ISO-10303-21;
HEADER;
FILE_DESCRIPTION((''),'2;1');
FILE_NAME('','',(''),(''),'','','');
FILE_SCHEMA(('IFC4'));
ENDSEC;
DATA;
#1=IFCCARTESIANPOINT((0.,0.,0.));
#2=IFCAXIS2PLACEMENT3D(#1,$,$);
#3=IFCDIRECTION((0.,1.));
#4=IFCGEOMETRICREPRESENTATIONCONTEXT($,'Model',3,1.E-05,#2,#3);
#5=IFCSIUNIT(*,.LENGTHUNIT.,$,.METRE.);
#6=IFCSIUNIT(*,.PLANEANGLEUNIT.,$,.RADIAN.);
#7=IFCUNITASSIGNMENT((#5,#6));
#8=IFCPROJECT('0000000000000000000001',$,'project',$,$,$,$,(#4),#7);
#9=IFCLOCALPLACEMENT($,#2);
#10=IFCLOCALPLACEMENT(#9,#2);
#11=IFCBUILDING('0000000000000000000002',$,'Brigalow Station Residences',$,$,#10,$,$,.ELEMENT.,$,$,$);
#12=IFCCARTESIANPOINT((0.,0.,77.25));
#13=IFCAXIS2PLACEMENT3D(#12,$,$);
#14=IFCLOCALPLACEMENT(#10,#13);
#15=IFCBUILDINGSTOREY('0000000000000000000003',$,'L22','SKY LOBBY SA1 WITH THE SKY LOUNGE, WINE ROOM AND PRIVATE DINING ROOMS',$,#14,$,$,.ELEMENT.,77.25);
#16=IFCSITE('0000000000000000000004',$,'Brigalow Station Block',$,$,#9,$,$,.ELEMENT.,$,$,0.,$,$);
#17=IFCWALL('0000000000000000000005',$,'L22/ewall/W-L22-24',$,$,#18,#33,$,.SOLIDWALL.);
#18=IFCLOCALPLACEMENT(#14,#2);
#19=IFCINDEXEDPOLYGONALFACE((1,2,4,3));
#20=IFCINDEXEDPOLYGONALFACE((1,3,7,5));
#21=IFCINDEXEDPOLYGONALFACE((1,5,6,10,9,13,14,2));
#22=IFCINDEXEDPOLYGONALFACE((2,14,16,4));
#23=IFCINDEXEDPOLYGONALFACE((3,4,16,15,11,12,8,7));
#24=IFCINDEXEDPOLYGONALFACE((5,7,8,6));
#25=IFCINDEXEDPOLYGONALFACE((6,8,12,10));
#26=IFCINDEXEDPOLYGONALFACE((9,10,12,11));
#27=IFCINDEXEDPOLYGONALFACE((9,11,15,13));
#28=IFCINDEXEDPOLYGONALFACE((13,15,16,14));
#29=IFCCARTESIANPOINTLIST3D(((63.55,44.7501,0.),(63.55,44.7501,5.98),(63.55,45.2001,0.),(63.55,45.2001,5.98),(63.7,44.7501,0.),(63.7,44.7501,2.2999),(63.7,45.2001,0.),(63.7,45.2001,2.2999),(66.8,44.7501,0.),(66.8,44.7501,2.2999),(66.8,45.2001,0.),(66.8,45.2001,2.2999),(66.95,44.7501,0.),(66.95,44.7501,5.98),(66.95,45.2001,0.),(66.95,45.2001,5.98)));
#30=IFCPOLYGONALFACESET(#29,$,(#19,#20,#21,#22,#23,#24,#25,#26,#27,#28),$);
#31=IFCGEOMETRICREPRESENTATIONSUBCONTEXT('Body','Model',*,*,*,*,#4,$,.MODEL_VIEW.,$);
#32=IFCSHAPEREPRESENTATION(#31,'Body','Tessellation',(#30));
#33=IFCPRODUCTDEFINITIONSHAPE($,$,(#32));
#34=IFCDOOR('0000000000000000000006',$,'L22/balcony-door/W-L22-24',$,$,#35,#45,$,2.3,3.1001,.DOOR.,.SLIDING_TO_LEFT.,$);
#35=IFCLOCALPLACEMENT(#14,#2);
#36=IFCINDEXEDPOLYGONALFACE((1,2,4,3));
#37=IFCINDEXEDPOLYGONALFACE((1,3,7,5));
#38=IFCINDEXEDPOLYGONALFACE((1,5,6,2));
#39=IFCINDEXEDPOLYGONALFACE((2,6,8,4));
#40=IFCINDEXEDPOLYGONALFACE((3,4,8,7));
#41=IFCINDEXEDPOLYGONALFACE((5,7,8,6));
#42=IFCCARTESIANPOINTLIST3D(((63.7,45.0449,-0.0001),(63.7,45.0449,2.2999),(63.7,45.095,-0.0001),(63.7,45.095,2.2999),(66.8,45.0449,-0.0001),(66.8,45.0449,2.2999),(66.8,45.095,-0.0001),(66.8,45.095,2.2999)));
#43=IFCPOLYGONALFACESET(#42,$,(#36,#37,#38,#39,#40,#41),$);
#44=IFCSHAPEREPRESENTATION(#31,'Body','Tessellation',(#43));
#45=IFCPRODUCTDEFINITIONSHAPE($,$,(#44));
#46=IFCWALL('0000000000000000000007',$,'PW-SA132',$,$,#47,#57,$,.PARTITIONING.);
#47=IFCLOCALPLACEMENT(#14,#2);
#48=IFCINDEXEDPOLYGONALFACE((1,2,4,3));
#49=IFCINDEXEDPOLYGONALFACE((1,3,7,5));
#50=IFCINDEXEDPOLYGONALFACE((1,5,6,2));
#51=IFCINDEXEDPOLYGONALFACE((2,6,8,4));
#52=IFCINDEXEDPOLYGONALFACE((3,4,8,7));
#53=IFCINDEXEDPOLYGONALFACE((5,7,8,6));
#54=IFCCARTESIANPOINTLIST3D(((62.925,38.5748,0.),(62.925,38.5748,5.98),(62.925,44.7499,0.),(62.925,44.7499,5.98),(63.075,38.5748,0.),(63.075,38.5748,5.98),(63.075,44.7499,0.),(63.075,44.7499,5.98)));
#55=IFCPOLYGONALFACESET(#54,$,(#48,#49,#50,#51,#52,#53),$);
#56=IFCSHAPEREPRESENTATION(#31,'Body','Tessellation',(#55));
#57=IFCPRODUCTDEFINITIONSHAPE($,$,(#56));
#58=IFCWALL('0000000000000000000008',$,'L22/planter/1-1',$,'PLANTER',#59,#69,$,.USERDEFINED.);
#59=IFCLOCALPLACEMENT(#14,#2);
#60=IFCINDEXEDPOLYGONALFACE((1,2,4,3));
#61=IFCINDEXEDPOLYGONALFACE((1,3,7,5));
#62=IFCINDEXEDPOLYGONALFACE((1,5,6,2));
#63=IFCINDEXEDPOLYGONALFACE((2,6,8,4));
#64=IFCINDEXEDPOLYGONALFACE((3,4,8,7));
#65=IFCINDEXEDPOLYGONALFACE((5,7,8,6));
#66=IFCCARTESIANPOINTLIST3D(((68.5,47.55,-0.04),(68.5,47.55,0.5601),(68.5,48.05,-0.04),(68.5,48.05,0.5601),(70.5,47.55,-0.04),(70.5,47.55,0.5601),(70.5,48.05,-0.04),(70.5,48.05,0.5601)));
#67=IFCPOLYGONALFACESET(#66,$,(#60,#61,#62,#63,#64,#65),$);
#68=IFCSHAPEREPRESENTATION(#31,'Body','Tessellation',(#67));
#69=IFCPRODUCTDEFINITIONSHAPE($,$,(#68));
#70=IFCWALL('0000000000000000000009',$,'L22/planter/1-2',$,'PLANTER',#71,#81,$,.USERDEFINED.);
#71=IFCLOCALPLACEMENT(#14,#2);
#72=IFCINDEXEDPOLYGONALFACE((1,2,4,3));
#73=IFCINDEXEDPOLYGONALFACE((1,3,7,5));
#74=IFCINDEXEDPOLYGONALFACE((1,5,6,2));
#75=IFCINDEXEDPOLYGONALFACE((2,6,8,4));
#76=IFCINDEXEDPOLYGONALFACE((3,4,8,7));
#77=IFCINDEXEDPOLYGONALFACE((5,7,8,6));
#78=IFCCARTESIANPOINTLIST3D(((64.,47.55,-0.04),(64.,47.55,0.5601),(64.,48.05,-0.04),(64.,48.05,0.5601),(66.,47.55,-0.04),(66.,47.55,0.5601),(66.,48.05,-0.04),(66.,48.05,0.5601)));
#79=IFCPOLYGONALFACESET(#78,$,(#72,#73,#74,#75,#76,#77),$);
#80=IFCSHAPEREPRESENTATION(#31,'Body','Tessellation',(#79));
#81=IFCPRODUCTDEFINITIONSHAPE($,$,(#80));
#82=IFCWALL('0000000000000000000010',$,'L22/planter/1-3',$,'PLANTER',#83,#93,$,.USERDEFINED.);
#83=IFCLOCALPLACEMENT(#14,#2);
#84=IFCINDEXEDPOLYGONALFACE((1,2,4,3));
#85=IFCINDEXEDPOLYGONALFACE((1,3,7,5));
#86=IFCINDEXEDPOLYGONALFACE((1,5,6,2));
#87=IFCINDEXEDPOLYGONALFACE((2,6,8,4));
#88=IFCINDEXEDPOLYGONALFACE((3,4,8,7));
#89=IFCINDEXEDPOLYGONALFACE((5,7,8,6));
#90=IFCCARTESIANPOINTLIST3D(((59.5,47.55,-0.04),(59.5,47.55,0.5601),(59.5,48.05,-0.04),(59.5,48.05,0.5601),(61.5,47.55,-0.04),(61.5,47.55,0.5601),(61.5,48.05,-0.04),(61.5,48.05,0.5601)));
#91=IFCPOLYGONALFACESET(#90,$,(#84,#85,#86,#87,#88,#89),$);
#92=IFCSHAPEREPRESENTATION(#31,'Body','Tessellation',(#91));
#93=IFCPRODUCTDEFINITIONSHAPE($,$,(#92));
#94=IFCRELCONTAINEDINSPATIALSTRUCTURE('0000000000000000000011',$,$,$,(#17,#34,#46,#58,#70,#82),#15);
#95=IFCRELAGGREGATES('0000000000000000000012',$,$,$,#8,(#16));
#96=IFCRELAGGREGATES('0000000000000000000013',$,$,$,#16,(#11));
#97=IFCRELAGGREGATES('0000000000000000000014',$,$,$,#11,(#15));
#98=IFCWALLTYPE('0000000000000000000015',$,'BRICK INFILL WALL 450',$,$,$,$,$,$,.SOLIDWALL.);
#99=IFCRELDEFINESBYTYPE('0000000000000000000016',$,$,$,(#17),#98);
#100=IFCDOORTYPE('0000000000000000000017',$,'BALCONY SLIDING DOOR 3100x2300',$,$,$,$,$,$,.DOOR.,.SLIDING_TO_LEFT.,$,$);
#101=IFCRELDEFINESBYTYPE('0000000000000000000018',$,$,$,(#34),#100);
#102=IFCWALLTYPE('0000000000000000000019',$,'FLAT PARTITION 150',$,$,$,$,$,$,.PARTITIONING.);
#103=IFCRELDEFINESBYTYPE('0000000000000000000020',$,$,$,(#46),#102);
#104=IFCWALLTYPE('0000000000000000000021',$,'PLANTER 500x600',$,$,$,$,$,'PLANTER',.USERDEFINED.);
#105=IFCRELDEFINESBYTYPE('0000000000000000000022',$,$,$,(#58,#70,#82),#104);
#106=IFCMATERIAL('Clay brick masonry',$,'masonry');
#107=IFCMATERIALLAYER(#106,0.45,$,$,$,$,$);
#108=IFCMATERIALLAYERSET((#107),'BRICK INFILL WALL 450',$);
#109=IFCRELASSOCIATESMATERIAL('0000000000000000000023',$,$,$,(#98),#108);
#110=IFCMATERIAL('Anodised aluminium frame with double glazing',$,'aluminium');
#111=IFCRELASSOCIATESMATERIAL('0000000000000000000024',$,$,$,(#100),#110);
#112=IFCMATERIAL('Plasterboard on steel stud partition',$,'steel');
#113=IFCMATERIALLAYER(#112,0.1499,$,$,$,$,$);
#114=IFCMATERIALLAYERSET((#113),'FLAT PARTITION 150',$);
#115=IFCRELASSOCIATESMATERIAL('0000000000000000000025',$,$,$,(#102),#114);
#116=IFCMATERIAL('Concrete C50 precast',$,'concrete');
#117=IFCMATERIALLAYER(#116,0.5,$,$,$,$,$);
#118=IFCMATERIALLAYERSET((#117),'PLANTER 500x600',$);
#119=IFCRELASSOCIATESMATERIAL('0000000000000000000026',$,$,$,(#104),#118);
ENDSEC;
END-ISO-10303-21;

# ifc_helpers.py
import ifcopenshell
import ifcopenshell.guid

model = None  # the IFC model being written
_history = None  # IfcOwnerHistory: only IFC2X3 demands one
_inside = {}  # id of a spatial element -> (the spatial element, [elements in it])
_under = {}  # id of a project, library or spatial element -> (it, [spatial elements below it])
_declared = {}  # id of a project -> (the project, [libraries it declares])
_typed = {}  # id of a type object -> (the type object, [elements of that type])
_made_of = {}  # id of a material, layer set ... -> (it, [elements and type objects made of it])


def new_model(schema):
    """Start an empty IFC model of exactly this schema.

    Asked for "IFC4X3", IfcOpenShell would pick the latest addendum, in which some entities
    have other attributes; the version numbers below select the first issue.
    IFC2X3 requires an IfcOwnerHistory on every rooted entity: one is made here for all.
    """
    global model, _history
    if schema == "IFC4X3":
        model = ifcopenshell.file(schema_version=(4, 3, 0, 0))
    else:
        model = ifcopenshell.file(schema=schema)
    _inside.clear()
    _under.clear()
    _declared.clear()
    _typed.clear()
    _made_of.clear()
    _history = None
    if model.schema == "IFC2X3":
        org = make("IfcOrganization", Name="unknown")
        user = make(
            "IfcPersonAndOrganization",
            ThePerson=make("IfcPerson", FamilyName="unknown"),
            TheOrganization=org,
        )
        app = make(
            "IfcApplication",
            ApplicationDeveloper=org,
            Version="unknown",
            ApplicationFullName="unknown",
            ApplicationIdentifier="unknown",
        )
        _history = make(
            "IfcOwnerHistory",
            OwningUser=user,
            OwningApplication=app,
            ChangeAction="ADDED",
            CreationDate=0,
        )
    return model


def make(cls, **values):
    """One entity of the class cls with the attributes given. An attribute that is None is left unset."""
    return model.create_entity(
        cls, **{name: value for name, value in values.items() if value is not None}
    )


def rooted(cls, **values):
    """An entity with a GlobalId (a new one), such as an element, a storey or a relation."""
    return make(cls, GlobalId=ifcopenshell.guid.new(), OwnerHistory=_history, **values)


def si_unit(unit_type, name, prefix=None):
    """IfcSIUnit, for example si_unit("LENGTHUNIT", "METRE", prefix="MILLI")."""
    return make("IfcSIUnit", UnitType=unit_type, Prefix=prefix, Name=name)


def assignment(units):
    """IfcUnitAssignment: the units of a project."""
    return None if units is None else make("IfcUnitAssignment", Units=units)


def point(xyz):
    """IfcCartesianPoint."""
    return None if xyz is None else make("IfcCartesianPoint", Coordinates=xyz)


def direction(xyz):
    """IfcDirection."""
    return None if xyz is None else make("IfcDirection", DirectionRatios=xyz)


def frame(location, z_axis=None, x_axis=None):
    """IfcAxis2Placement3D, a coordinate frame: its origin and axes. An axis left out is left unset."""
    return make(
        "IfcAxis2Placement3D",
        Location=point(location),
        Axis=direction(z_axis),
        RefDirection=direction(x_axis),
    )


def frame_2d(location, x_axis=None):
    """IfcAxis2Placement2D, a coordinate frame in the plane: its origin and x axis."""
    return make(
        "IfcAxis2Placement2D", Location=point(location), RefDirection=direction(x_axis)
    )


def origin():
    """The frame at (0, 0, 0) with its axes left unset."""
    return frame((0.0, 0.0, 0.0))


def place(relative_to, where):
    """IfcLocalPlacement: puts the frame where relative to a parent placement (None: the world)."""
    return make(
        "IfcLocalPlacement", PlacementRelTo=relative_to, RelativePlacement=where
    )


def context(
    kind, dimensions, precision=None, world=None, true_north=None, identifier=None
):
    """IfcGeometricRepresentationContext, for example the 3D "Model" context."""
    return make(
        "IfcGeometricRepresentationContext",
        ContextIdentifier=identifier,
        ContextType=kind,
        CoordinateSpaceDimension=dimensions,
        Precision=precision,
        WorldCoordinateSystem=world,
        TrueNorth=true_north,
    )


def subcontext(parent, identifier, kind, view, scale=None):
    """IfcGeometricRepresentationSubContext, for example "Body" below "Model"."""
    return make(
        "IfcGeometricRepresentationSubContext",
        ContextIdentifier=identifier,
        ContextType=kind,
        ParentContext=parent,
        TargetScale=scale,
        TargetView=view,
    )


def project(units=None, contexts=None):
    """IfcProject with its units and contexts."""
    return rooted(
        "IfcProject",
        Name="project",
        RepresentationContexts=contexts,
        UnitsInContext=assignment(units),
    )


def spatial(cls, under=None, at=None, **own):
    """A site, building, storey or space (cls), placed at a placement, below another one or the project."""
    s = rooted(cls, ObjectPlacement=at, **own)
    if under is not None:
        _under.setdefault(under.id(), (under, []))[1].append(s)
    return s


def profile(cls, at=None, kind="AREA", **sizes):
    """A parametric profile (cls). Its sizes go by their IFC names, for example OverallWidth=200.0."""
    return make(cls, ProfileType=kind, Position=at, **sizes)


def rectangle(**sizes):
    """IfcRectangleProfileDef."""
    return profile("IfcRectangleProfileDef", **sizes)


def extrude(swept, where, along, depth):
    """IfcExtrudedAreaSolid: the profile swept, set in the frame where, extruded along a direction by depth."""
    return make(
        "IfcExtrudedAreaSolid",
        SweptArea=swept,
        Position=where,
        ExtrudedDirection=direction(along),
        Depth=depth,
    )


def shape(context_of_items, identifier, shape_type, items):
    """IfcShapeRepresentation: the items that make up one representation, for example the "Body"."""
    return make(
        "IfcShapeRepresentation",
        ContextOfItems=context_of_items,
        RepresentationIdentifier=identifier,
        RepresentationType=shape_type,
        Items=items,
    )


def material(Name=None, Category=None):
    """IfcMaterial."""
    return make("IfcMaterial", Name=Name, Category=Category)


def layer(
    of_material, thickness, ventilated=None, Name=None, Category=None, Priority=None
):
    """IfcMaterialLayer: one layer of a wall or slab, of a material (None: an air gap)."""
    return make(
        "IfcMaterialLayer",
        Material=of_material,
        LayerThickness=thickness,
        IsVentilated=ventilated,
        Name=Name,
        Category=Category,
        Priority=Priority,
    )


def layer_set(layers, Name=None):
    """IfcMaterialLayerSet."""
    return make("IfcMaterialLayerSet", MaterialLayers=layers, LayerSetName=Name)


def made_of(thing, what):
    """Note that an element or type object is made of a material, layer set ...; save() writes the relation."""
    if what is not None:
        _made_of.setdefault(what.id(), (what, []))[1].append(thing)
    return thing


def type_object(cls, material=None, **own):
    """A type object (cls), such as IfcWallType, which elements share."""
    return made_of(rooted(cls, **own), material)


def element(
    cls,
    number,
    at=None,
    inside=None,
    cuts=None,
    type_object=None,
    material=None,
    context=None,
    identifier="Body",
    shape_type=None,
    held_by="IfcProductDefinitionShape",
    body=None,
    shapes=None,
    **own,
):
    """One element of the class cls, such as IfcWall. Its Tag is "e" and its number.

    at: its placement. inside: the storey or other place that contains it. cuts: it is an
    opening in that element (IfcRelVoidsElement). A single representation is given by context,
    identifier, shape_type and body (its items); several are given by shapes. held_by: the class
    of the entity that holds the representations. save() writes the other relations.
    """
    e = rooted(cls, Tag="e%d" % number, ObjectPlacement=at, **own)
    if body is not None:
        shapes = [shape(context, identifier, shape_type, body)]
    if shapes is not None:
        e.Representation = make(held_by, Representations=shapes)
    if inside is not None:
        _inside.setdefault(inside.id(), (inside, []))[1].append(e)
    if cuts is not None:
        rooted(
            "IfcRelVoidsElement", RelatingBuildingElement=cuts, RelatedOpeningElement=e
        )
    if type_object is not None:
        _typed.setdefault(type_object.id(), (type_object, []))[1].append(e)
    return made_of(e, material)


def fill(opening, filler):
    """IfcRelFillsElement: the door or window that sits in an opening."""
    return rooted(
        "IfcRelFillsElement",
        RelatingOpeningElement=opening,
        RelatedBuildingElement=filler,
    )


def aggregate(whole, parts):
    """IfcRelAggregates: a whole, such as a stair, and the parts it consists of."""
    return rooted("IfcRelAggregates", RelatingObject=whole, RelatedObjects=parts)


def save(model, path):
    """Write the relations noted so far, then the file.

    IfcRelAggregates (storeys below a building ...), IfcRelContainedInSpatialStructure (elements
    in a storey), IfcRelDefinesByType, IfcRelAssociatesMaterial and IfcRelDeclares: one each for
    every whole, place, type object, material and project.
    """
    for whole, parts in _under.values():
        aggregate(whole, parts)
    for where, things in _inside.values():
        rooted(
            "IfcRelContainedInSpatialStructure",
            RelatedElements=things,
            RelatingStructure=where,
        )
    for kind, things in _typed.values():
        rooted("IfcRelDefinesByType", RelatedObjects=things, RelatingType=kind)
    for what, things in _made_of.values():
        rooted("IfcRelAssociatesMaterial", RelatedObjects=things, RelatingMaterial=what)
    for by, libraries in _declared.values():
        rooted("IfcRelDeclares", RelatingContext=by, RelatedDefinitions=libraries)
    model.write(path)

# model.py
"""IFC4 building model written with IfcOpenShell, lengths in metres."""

from ifc_helpers import new_model, si_unit, direction, frame, frame_2d, origin, place, context, subcontext, project, spatial, rectangle, extrude, material, layer, layer_set, type_object, element, fill, save


model = new_model("IFC4")

# Units and contexts
model_context = context("Model", 3, precision=1e-05, world=origin(), true_north=direction((0.0, 1.0)))
body_context = subcontext(model_context, "Body", "Model", "MODEL_VIEW")
ifc_project = project(units=[si_unit("LENGTHUNIT", "METRE"), si_unit("PLANEANGLEUNIT", "RADIAN")], contexts=[model_context])

# Site, building, storey
site_placement = place(None, origin())
site = spatial("IfcSite", under=ifc_project, at=site_placement, Name="Brigalow Station Block", CompositionType="ELEMENT", RefElevation=0.0)
building_placement = place(site_placement, origin())
building = spatial("IfcBuilding", under=site, at=building_placement, Name="Brigalow Station Residences", CompositionType="ELEMENT")
storey_placement = place(building_placement, frame((0.0, 0.0, 77.25)))
storey = spatial("IfcBuildingStorey", under=building, at=storey_placement, Name="L22", Description="SKY LOBBY SA1 WITH THE SKY LOUNGE, WINE ROOM AND PRIVATE DINING ROOMS", CompositionType="ELEMENT", Elevation=77.25)

# Wall, opening, door
ifc_material_1 = material(Name="Clay brick masonry", Category="masonry")
ifc_layer_1 = layer(ifc_material_1, 0.45)
ifc_layer_set_1 = layer_set([ifc_layer_1], Name="BRICK INFILL WALL 450")
wall_type_1 = type_object("IfcWallType", Name="BRICK INFILL WALL 450", PredefinedType="SOLIDWALL", material=ifc_layer_set_1)
ifc_material_2 = material(Name="Anodised aluminium frame with double glazing", Category="aluminium")
door_type_1 = type_object("IfcDoorType", Name="BALCONY SLIDING DOOR 3100x2300", OperationType="SLIDING_TO_LEFT", PredefinedType="DOOR", material=ifc_material_2)
wall_1_placement = place(storey_placement, frame((66.95, 44.9751, 0.0), z_axis=(0.0, 0.0, 1.0), x_axis=(-1.0, 0.0, 0.0)))
wall_1 = element("IfcWall", 1, at=wall_1_placement, inside=storey, type_object=wall_type_1, Name="L22/ewall/W-L22-24", PredefinedType="SOLIDWALL", context=body_context, shape_type="SweptSolid", body=[
    extrude(rectangle(XDim=3.3999, YDim=0.45, at=frame_2d((1.7, 0.0))), origin(), (0.0, 0.0, 1.0), 5.98),
])
opening_1_placement = place(wall_1_placement, frame((0.1499, 0.0, 0.0)))
opening_1 = element("IfcOpeningElement", 2, at=opening_1_placement, cuts=wall_1, PredefinedType="OPENING", context=body_context, shape_type="SweptSolid", body=[
    extrude(rectangle(XDim=3.1001, YDim=2.3, at=frame_2d((1.55, 1.1499))), frame((0.0, 0.2349, 0.0), z_axis=(0.0, -1.0, 0.0), x_axis=(1.0, 0.0, 0.0)), (0.0, 0.0, 1.0), 0.47),
])
door_1_placement = place(opening_1_placement, origin())
door_1 = element("IfcDoor", 3, at=door_1_placement, inside=storey, type_object=door_type_1, Name="L22/balcony-door/W-L22-24", OperationType="SLIDING_TO_LEFT", OverallHeight=2.3, OverallWidth=3.1001, PredefinedType="DOOR", context=body_context, shape_type="SweptSolid", body=[
    extrude(rectangle(XDim=3.1001, YDim=2.3, at=frame_2d((1.55, 1.1499))), frame((0.0, -0.0698, 0.0), z_axis=(0.0, -1.0, 0.0), x_axis=(1.0, 0.0, 0.0)), (0.0, 0.0, 1.0), 0.05),
])
fill(opening_1, door_1)

# Walls
ifc_material_3 = material(Name="Plasterboard on steel stud partition", Category="steel")
ifc_layer_2 = layer(ifc_material_3, 0.1499)
ifc_layer_set_2 = layer_set([ifc_layer_2], Name="FLAT PARTITION 150")
wall_type_2 = type_object("IfcWallType", Name="FLAT PARTITION 150", PredefinedType="PARTITIONING", material=ifc_layer_set_2)
wall_2_placement = place(storey_placement, frame((63.0, 38.575, 0.0), z_axis=(0.0, 0.0, 1.0), x_axis=(0.0, 1.0, 0.0)))
element("IfcWall", 4, at=wall_2_placement, inside=storey, type_object=wall_type_2, Name="PW-SA132", PredefinedType="PARTITIONING", context=body_context, shape_type="SweptSolid", body=[
    extrude(rectangle(XDim=6.175, YDim=0.1499, at=frame_2d((3.0874, 0.0))), origin(), (0.0, 0.0, 1.0), 5.98),
])
ifc_material_4 = material(Name="Concrete C50 precast", Category="concrete")
ifc_layer_3 = layer(ifc_material_4, 0.5)
ifc_layer_set_3 = layer_set([ifc_layer_3], Name="PLANTER 500x600")
wall_type_3 = type_object("IfcWallType", Name="PLANTER 500x600", ElementType="PLANTER", PredefinedType="USERDEFINED", material=ifc_layer_set_3)
for number, where, z_axis, x_axis, name in (
    (5, (70.5, 47.8, -0.04), (0.0, 0.0, 1.0), (-1.0, 0.0, 0.0), "L22/planter/1-1"),
    (6, (66.0, 47.8, -0.04), (0.0, 0.0, 1.0), (-1.0, 0.0, 0.0), "L22/planter/1-2"),
    (7, (61.5, 47.8, -0.04), (0.0, 0.0, 1.0), (-1.0, 0.0, 0.0), "L22/planter/1-3"),
):
    element("IfcWall", number, at=place(storey_placement, frame(where, z_axis=z_axis, x_axis=x_axis)), inside=storey, type_object=wall_type_3, Name=name, ObjectType="PLANTER", PredefinedType="USERDEFINED", context=body_context, shape_type="SweptSolid", body=[
        extrude(rectangle(XDim=2.0, YDim=0.5, at=frame_2d((1.0, 0.0))), origin(), (0.0, 0.0, 1.0), 0.6001),
    ])

save(model, "model.ifc")
